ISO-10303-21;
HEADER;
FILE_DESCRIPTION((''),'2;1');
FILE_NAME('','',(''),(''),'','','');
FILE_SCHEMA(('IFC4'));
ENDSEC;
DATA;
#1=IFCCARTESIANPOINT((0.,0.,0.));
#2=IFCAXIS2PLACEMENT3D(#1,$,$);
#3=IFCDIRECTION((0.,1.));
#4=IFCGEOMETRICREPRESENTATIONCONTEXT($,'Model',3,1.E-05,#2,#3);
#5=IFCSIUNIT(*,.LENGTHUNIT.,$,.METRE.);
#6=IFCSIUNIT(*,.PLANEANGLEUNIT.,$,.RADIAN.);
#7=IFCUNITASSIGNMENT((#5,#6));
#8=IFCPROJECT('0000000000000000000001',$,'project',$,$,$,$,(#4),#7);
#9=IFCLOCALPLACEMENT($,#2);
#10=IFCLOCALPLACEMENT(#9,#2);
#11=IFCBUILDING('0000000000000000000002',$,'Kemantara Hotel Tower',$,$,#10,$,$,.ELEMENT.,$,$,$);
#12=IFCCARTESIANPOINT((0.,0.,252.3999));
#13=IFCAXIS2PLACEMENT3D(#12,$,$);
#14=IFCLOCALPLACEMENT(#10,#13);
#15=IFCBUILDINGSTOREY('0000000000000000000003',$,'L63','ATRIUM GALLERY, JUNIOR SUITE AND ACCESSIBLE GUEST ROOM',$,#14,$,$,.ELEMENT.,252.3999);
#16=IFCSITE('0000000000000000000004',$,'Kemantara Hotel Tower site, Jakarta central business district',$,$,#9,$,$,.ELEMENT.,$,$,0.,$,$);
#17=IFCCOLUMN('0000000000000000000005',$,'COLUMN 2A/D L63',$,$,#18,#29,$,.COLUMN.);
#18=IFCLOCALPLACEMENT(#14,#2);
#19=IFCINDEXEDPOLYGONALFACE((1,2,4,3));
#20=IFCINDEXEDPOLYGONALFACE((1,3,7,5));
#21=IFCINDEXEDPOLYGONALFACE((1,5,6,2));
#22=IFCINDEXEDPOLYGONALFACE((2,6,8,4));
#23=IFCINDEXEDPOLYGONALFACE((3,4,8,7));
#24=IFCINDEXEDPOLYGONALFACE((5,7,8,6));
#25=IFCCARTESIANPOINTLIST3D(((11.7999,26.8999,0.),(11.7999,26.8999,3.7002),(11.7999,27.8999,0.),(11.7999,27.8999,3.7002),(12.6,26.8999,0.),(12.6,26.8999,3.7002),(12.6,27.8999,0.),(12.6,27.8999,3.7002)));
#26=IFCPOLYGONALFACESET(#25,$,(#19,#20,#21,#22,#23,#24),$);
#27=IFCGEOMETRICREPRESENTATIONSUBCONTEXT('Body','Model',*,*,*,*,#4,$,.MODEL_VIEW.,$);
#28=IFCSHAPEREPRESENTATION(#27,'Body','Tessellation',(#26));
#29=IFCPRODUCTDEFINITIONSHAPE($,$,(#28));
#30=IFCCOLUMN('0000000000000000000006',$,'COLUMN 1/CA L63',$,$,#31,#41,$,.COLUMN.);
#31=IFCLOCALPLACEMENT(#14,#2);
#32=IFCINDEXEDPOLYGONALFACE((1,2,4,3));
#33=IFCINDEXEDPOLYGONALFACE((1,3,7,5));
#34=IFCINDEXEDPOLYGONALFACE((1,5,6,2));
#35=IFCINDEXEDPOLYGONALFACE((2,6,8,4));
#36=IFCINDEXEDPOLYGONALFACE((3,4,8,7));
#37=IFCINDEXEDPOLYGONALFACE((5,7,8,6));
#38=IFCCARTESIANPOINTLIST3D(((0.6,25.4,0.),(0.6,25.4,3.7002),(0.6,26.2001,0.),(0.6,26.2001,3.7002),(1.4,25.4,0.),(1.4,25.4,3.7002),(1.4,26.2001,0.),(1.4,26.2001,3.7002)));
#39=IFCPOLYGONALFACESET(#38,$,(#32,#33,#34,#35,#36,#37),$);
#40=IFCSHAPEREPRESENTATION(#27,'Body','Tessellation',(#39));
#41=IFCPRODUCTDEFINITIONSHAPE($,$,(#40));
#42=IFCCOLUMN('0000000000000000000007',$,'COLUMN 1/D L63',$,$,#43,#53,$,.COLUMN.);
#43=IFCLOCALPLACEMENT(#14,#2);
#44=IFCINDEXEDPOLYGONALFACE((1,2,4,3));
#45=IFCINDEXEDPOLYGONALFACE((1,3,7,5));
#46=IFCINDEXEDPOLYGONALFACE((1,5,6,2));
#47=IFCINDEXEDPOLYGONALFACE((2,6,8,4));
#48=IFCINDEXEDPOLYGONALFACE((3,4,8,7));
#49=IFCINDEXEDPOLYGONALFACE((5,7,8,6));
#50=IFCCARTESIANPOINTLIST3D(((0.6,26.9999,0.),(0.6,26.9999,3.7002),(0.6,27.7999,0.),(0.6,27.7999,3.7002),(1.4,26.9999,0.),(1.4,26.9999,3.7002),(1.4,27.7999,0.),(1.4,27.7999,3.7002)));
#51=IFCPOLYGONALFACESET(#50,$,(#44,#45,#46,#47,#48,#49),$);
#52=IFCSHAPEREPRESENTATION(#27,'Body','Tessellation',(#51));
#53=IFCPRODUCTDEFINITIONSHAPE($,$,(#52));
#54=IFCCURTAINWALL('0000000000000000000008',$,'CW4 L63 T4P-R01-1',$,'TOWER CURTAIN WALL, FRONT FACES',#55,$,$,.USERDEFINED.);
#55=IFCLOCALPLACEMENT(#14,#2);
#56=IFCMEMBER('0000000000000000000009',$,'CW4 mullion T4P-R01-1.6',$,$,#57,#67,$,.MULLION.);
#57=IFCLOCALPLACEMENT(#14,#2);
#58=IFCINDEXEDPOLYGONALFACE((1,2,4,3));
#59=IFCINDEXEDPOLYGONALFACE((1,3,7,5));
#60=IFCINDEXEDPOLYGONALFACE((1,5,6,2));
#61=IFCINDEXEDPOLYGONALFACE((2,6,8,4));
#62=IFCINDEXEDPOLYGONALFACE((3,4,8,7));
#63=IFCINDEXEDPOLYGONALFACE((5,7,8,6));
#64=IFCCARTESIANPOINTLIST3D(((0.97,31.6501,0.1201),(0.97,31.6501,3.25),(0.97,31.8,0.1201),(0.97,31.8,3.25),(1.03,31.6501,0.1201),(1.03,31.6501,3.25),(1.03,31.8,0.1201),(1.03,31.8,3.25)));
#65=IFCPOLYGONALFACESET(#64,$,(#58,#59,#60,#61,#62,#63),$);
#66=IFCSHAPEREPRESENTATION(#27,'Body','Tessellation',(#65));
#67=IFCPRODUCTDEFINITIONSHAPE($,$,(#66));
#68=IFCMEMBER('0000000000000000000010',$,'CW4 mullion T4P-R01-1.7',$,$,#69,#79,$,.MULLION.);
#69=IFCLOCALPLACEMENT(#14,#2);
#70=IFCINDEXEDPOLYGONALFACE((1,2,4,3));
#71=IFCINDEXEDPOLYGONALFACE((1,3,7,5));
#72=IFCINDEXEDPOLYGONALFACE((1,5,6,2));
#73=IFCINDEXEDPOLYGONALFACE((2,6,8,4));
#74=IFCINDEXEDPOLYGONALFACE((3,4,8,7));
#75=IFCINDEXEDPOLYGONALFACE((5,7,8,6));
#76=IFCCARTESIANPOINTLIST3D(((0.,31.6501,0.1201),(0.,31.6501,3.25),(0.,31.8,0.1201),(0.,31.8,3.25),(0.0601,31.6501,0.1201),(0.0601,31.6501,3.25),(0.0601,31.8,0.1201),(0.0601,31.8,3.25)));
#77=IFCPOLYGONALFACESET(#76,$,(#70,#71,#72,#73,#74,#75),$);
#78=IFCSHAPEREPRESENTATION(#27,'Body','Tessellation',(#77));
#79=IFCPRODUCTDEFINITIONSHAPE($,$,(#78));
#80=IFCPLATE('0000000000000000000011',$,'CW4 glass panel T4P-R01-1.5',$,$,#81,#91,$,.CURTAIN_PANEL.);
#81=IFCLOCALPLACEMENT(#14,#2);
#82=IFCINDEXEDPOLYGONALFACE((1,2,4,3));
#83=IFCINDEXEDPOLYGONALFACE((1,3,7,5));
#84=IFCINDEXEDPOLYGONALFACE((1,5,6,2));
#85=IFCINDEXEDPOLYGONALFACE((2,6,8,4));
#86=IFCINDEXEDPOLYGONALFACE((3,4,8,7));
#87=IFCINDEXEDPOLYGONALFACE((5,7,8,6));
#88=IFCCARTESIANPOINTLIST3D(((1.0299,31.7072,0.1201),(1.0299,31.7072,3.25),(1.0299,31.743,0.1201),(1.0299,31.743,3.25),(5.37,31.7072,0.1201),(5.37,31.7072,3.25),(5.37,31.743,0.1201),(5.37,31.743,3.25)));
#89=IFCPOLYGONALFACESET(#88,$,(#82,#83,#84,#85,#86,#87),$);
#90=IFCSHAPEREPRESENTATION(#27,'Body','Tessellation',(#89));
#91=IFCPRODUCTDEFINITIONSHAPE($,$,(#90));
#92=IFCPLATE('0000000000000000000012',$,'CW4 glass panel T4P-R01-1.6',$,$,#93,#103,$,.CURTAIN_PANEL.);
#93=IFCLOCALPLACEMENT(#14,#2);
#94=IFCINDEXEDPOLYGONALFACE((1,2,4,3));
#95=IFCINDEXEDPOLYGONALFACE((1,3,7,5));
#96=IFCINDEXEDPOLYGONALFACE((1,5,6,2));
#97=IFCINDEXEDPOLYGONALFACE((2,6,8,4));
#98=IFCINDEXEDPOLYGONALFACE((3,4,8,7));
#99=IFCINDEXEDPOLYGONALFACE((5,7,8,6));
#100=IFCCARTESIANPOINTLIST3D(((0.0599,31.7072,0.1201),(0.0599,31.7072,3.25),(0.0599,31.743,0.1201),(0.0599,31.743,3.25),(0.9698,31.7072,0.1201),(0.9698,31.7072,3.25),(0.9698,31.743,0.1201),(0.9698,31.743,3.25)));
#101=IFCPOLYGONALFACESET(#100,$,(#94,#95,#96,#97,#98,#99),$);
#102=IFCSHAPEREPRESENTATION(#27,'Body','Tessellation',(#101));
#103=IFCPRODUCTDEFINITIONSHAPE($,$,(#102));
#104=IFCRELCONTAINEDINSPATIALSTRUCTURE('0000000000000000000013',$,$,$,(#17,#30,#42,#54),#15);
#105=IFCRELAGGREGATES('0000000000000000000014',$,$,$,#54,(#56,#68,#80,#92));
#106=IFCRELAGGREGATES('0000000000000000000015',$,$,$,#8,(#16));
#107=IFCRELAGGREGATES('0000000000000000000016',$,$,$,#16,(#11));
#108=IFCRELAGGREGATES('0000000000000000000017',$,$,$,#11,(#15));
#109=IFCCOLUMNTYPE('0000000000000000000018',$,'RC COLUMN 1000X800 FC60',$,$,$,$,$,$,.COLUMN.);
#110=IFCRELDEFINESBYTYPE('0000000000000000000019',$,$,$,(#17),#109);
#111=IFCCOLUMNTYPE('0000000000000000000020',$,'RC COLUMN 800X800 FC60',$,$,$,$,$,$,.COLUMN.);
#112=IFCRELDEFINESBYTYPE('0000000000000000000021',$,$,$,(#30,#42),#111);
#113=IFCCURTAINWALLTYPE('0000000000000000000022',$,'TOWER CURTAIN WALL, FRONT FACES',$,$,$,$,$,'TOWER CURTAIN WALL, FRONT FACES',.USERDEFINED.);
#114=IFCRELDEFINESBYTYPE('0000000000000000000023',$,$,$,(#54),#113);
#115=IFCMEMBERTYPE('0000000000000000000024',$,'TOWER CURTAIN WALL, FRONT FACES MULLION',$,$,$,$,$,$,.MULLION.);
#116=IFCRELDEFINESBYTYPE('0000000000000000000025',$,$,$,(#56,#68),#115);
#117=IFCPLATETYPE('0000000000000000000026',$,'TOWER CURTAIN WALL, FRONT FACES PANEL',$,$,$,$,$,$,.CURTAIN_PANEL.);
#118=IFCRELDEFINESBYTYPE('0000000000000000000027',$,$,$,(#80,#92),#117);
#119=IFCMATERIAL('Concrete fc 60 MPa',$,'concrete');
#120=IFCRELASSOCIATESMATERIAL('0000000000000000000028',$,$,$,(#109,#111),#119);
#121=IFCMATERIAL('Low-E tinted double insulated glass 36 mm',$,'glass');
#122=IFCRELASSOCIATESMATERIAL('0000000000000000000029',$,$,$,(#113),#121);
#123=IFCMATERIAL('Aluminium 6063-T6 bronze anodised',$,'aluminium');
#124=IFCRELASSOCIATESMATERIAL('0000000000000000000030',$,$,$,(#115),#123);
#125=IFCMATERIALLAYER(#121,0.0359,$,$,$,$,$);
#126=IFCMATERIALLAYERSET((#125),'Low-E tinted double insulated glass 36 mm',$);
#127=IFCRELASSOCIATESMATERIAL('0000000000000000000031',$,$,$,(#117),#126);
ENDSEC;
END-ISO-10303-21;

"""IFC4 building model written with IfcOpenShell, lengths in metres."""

from ifc_helpers import new_model, si_unit, direction, frame, origin, origin_2d, place, context, subcontext, project, spatial, rectangle, extrude, source, transform, mapped, material, layer, layer_set, material_profile, profile_set, type_object, element, aggregate, save


model = new_model("IFC4")

# Units and contexts
model_context = context("Model", 3, precision=1e-05, world=origin(), true_north=direction((0.0, 1.0)))
body_context = subcontext(model_context, "Body", "Model", "MODEL_VIEW")
ifc_project = project(units=[si_unit("LENGTHUNIT", "METRE"), si_unit("PLANEANGLEUNIT", "RADIAN")], contexts=[model_context])

# Site, building, storey
site_placement = place(None, origin())
site = spatial("IfcSite", under=ifc_project, at=site_placement, Name="Kemantara Hotel Tower site, Jakarta central business district", CompositionType="ELEMENT", RefElevation=0.0)
building_placement = place(site_placement, origin())
building = spatial("IfcBuilding", under=site, at=building_placement, Name="Kemantara Hotel Tower", CompositionType="ELEMENT")
storey_placement = place(building_placement, frame((0.0, 0.0, 252.3999)))
storey = spatial("IfcBuildingStorey", under=building, at=storey_placement, Name="L63", Description="ATRIUM GALLERY, JUNIOR SUITE AND ACCESSIBLE GUEST ROOM", CompositionType="ELEMENT", Elevation=252.3999)

# Columns
ifc_material_1 = material(Name="Concrete fc 60 MPa", Category="concrete")
ifc_material_profile_1 = material_profile(ifc_material_1, rectangle(XDim=1.0, YDim=0.8, at=origin_2d()), Name="RC 1000X800")
ifc_profile_set_1 = profile_set([ifc_material_profile_1], Name="Concrete fc 60 MPa")
column_type_1 = type_object("IfcColumnType", Name="RC COLUMN 1000X800 FC60", PredefinedType="COLUMN", material=ifc_profile_set_1)
column_placement = place(storey_placement, frame((12.2, 27.3999, 0.0), z_axis=(0.0, 0.0, 1.0), x_axis=(0.0, 1.0, 0.0)))
element("IfcColumn", 1, at=column_placement, inside=storey, type_object=column_type_1, Name="COLUMN 2A/D L63", PredefinedType="COLUMN", context=body_context, shape_type="SweptSolid", body=[
    extrude(rectangle(XDim=1.0, YDim=0.8, at=origin_2d()), origin(), (0.0, 0.0, 1.0), 3.7002),
])
ifc_material_profile_2 = material_profile(ifc_material_1, rectangle(XDim=0.8, YDim=0.8, at=origin_2d()), Name="RC 800X800")
ifc_profile_set_2 = profile_set([ifc_material_profile_2], Name="Concrete fc 60 MPa")
column_type_2 = type_object("IfcColumnType", Name="RC COLUMN 800X800 FC60", PredefinedType="COLUMN", material=ifc_profile_set_2)
for number, where, z_axis, x_axis, name in (
    (2, (1.0, 25.8, 0.0), (0.0, 0.0, 1.0), (1.0, 0.0, 0.0), "COLUMN 1/CA L63"),
    (3, (1.0, 27.3999, 0.0), (0.0, 0.0, 1.0), (1.0, 0.0, 0.0), "COLUMN 1/D L63"),
):
    element("IfcColumn", number, at=place(storey_placement, frame(where, z_axis=z_axis, x_axis=x_axis)), inside=storey, type_object=column_type_2, Name=name, PredefinedType="COLUMN", context=body_context, shape_type="SweptSolid", body=[
        extrude(rectangle(XDim=0.8, YDim=0.8, at=origin_2d()), origin(), (0.0, 0.0, 1.0), 3.7002),
    ])

# Curtain wall, members, plates
ifc_material_2 = material(Name="Low-E tinted double insulated glass 36 mm", Category="glass")
curtain_wall_type = type_object("IfcCurtainWallType", Name="TOWER CURTAIN WALL, FRONT FACES", ElementType="TOWER CURTAIN WALL, FRONT FACES", PredefinedType="USERDEFINED", material=ifc_material_2)
curtain_wall_placement = place(storey_placement, origin())
curtain_wall = element("IfcCurtainWall", 4, at=curtain_wall_placement, inside=storey, type_object=curtain_wall_type, Name="CW4 L63 T4P-R01-1", ObjectType="TOWER CURTAIN WALL, FRONT FACES", PredefinedType="USERDEFINED")
ifc_material_3 = material(Name="Aluminium 6063-T6 bronze anodised", Category="aluminium")
ifc_material_profile_3 = material_profile(ifc_material_3, rectangle(XDim=0.1499, YDim=0.0601, at=origin_2d()), Name="TOWER CURTAIN WALL, FRONT FACES MULLION")
ifc_profile_set_3 = profile_set([ifc_material_profile_3], Name="Aluminium 6063-T6 bronze anodised")
member_type = type_object("IfcMemberType", Name="TOWER CURTAIN WALL, FRONT FACES MULLION", PredefinedType="MULLION", material=ifc_profile_set_3)
shared_shape_1 = source(origin(), body_context, "Body", "SweptSolid", [
    extrude(rectangle(XDim=0.1499, YDim=0.0601, at=origin_2d()), origin(), (0.0, 0.0, 1.0), 3.1299),
])
member_1_placement = place(storey_placement, frame((1.0, 31.7251, 0.1201), z_axis=(0.0, 0.0, 1.0), x_axis=(0.0, -1.0, 0.0)))
member_1 = element("IfcMember", 5, at=member_1_placement, type_object=member_type, Name="CW4 mullion T4P-R01-1.6", PredefinedType="MULLION", context=body_context, shape_type="MappedRepresentation", body=[
    mapped(shared_shape_1, transform((0.0, 0.0, 0.0))),
])
member_2_placement = place(storey_placement, frame((0.03, 31.7251, 0.1201), z_axis=(0.0, 0.0, 1.0), x_axis=(0.0, -1.0, 0.0)))
member_2 = element("IfcMember", 6, at=member_2_placement, type_object=member_type, Name="CW4 mullion T4P-R01-1.7", PredefinedType="MULLION", context=body_context, shape_type="MappedRepresentation", body=[
    mapped(shared_shape_1, transform((0.0, 0.0, 0.0))),
])
ifc_layer_1 = layer(ifc_material_2, 0.0359)
ifc_layer_set_1 = layer_set([ifc_layer_1], Name="Low-E tinted double insulated glass 36 mm")
plate_type = type_object("IfcPlateType", Name="TOWER CURTAIN WALL, FRONT FACES PANEL", PredefinedType="CURTAIN_PANEL", material=ifc_layer_set_1)
shared_shape_2 = source(origin(), body_context, "Body", "SweptSolid", [
    extrude(rectangle(XDim=4.3401, YDim=0.0359, at=origin_2d()), origin(), (0.0, 0.0, 1.0), 3.1299),
])
plate_1_placement = place(storey_placement, frame((3.2, 31.7251, 0.1201), z_axis=(0.0, 0.0, 1.0), x_axis=(-1.0, 0.0, 0.0)))
plate_1 = element("IfcPlate", 7, at=plate_1_placement, type_object=plate_type, Name="CW4 glass panel T4P-R01-1.5", PredefinedType="CURTAIN_PANEL", context=body_context, shape_type="MappedRepresentation", body=[
    mapped(shared_shape_2, transform((0.0, 0.0, 0.0))),
])
shared_shape_3 = source(origin(), body_context, "Body", "SweptSolid", [
    extrude(rectangle(XDim=0.9099, YDim=0.0359, at=origin_2d()), origin(), (0.0, 0.0, 1.0), 3.1299),
])
plate_2_placement = place(storey_placement, frame((0.5149, 31.7251, 0.1201), z_axis=(0.0, 0.0, 1.0), x_axis=(-1.0, 0.0, 0.0)))
plate_2 = element("IfcPlate", 8, at=plate_2_placement, type_object=plate_type, Name="CW4 glass panel T4P-R01-1.6", PredefinedType="CURTAIN_PANEL", context=body_context, shape_type="MappedRepresentation", body=[
    mapped(shared_shape_3, transform((0.0, 0.0, 0.0))),
])
aggregate(curtain_wall, [member_1, member_2, plate_1, plate_2])

save(model, "model.ifc")
